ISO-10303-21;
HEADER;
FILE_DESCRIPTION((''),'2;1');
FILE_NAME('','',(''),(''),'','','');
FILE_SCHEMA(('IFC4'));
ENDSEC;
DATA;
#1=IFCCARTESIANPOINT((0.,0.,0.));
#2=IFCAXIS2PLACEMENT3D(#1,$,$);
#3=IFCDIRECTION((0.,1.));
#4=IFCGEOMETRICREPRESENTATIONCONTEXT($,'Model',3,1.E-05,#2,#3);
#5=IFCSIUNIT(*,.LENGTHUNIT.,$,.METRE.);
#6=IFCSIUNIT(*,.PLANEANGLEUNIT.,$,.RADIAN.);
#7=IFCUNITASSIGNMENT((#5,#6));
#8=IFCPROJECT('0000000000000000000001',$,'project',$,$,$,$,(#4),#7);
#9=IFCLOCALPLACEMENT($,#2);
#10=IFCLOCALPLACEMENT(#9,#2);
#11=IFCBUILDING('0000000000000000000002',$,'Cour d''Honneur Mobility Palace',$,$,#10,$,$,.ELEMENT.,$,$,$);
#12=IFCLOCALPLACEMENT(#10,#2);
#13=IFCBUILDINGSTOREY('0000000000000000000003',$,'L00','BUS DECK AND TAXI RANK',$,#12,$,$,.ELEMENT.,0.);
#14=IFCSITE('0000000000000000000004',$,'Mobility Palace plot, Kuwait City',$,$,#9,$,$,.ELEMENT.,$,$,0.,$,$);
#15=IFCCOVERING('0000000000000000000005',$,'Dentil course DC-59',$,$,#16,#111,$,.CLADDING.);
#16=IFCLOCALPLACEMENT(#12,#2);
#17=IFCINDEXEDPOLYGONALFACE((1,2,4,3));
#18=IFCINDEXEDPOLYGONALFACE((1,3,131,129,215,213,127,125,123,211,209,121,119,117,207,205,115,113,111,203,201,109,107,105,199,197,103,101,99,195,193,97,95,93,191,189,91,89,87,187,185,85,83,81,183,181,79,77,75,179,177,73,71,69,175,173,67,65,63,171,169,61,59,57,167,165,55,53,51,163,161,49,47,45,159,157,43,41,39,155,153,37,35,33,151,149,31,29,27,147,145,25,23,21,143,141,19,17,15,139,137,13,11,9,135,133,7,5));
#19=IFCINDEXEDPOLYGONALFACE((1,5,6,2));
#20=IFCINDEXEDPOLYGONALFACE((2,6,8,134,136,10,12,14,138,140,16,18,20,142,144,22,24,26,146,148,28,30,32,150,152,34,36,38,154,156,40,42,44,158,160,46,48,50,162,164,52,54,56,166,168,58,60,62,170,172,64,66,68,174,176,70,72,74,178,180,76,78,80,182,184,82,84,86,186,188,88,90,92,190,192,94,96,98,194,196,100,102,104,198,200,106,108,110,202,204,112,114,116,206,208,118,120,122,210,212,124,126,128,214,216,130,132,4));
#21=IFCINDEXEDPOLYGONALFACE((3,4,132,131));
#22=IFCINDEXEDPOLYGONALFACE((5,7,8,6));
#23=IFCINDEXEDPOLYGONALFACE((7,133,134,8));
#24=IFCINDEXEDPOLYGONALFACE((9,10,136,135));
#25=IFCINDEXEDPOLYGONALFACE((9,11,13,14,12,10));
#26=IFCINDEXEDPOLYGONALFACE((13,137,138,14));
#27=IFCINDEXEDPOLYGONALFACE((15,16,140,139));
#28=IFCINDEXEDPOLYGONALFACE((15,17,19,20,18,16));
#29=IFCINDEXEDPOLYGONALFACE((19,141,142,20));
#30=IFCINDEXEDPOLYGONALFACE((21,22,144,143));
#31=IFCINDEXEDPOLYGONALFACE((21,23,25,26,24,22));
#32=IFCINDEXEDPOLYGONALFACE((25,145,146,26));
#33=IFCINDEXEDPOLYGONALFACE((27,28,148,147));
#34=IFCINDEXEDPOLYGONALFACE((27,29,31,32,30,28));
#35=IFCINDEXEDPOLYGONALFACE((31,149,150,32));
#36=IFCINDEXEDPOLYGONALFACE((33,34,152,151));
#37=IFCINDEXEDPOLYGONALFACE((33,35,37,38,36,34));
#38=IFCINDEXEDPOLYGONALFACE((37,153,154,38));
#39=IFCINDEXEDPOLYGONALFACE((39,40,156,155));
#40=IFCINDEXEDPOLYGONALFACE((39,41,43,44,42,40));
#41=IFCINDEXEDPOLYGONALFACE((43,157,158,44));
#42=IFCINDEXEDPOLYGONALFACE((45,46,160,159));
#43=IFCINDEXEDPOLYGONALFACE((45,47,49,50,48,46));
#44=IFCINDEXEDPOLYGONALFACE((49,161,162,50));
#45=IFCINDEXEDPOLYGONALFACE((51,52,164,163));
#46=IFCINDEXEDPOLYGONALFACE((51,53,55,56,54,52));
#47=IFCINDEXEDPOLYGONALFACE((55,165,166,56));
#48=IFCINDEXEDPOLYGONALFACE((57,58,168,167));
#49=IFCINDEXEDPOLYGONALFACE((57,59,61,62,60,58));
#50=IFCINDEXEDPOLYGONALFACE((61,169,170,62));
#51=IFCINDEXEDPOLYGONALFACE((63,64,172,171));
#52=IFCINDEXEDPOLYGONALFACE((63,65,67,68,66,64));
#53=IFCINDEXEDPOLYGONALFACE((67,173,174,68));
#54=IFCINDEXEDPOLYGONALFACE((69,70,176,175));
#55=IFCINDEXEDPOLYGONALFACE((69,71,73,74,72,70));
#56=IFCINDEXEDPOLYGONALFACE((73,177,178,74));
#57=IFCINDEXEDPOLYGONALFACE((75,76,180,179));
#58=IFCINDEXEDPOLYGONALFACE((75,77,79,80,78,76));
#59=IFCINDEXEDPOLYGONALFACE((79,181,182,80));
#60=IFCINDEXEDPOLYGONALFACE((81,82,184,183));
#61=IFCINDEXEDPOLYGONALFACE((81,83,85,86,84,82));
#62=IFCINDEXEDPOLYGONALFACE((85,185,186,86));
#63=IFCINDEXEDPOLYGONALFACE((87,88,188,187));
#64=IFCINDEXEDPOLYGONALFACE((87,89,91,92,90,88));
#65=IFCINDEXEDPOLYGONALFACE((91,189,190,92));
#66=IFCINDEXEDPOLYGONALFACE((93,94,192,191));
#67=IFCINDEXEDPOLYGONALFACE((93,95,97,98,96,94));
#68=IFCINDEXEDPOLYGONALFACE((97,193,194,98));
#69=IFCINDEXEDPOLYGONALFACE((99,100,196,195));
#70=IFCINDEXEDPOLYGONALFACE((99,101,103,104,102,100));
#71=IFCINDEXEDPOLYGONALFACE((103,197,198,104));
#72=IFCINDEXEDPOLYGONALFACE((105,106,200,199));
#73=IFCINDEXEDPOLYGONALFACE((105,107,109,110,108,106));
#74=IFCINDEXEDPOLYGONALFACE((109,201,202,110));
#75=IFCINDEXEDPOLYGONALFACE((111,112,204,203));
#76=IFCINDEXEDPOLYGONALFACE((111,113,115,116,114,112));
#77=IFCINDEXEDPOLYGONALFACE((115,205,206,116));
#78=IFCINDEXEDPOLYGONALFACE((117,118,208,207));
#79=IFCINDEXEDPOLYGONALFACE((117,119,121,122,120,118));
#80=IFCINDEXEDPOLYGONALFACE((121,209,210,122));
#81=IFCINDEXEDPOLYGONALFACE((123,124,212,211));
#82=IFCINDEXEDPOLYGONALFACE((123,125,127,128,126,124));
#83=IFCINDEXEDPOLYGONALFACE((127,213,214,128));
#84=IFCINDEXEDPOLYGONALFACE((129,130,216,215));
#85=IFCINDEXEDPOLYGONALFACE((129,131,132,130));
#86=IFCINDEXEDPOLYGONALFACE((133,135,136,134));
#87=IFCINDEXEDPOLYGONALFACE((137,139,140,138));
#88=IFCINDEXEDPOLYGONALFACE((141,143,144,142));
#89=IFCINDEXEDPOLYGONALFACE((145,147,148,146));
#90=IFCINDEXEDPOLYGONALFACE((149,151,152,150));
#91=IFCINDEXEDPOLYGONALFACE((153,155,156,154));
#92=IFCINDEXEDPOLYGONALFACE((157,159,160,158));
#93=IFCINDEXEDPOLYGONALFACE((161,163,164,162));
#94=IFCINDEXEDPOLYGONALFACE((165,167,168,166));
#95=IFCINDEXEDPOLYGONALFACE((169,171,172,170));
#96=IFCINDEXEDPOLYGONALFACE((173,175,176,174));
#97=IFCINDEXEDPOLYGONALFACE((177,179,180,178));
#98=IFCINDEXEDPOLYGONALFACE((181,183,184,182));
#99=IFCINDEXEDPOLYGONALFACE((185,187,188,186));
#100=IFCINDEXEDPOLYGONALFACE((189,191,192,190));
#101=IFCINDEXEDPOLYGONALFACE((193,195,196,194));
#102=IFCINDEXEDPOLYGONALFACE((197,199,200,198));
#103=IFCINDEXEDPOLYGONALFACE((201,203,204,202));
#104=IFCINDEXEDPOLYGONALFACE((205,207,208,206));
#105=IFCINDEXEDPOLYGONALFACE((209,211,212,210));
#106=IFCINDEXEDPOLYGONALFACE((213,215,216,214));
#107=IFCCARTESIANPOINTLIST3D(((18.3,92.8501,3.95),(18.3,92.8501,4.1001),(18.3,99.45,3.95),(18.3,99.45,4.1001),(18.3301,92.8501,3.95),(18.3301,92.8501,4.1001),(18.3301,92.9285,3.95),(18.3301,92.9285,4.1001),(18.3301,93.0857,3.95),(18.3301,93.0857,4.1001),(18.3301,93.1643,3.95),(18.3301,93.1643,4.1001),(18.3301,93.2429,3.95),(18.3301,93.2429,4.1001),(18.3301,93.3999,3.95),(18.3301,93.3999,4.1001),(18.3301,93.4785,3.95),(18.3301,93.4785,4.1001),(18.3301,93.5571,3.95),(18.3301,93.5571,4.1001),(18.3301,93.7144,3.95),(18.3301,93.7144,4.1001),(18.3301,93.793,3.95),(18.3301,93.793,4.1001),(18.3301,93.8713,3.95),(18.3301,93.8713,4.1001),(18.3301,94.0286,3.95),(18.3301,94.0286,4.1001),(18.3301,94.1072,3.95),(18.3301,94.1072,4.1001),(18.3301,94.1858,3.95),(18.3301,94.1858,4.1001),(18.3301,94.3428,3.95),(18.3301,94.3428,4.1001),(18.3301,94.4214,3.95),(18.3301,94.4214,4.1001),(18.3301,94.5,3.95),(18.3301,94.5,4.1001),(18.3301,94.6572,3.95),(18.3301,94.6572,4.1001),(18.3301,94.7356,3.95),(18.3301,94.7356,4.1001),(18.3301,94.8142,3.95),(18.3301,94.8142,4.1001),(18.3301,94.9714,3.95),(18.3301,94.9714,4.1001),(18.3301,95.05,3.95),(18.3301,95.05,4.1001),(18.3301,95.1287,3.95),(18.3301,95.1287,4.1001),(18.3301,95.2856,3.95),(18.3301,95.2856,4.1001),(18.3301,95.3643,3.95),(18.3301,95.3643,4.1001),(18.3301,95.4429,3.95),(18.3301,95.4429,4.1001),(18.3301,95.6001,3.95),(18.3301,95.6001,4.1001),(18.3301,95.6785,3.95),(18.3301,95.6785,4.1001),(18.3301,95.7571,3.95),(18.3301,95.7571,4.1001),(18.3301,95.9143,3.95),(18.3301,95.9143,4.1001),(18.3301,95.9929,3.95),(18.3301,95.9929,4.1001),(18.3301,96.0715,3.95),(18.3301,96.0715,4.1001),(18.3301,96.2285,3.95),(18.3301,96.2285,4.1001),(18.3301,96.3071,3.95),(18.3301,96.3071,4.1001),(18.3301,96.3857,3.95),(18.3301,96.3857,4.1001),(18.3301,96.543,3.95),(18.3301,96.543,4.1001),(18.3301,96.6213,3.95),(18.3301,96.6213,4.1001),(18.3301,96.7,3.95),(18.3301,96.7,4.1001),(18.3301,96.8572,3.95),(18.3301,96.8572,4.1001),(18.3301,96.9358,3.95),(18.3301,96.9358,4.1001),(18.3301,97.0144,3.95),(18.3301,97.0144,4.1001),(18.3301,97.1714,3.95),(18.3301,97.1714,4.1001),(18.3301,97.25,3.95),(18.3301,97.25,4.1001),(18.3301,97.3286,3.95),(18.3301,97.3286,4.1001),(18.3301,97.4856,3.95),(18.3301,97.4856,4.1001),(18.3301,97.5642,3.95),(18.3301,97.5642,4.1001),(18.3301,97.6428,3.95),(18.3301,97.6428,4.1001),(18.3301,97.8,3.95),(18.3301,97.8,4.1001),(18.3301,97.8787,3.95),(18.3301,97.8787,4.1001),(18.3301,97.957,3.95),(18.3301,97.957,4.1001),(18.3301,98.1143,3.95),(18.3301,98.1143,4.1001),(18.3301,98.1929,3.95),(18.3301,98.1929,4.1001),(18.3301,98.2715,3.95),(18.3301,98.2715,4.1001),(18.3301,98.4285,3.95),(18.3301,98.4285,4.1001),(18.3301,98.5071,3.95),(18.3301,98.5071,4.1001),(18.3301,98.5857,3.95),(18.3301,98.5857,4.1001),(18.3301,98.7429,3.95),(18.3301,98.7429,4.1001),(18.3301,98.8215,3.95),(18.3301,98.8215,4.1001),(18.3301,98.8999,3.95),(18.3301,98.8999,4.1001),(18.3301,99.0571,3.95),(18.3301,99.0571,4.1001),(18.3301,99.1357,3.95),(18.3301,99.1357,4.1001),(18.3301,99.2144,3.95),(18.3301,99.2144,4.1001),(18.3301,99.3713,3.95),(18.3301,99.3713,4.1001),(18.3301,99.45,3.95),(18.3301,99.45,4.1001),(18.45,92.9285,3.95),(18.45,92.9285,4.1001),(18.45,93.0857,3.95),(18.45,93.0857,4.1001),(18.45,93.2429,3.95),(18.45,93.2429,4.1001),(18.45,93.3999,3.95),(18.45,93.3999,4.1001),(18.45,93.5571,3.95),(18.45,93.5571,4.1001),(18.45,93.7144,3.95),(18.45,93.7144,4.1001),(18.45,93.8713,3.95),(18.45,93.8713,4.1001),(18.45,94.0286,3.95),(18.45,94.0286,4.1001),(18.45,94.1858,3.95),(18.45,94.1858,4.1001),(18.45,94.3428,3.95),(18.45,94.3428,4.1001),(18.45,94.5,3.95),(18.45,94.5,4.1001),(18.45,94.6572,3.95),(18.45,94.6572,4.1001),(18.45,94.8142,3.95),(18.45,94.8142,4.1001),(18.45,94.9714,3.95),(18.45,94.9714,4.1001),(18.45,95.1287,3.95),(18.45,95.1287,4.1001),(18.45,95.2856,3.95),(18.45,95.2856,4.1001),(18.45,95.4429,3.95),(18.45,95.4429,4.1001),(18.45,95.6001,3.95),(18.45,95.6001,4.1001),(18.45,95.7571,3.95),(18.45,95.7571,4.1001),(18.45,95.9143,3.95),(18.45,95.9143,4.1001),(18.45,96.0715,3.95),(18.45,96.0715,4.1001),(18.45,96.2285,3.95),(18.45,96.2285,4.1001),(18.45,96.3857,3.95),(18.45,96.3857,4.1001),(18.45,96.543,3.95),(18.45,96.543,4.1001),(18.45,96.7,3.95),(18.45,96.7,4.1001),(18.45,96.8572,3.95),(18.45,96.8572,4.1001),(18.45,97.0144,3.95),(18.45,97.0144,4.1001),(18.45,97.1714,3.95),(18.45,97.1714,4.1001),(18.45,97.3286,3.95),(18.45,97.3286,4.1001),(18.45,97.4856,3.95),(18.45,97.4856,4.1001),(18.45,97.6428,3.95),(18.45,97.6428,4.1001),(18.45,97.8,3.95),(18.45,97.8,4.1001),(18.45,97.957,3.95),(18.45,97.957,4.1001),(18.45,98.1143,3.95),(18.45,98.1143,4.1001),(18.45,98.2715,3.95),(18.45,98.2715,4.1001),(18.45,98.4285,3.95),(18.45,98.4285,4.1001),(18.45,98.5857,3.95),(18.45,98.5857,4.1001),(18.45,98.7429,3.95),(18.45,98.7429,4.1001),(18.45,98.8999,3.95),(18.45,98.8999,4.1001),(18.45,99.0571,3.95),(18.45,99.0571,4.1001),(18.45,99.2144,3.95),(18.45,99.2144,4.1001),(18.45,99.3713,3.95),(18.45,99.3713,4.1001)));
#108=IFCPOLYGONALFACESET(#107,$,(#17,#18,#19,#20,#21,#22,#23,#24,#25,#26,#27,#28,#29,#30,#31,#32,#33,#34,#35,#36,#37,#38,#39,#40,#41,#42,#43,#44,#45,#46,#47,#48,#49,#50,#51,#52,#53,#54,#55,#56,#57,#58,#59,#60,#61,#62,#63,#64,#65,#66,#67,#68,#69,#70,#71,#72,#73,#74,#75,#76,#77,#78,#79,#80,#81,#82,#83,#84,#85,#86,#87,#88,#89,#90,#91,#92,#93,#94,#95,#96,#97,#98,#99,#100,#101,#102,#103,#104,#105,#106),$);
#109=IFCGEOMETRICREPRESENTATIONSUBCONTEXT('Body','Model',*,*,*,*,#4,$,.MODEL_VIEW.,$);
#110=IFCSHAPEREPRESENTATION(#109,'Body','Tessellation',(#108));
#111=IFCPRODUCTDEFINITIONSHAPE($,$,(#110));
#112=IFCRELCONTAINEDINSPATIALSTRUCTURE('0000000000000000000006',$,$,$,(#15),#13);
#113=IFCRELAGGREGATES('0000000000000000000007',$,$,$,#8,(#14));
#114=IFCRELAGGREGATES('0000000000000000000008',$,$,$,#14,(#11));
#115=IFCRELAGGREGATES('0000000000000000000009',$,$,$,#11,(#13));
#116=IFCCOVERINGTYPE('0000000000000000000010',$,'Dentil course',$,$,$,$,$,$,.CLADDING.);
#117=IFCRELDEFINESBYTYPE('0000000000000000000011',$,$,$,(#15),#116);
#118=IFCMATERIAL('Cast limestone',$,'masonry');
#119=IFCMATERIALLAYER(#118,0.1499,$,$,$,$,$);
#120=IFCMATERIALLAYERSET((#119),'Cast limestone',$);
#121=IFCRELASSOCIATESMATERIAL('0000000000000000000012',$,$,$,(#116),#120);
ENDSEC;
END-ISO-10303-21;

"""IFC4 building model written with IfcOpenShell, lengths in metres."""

from ifc_helpers import new_model, si_unit, direction, frame, origin, place, context, subcontext, project, spatial, polyline, outline, extrude, material, layer, layer_set, type_object, element, save


model = new_model("IFC4")

# Units and contexts
model_context = context("Model", 3, precision=1e-05, world=origin(), true_north=direction((0.0, 1.0)))
body_context = subcontext(model_context, "Body", "Model", "MODEL_VIEW")
ifc_project = project(units=[si_unit("LENGTHUNIT", "METRE"), si_unit("PLANEANGLEUNIT", "RADIAN")], contexts=[model_context])

# Site, building, storey
site_placement = place(None, origin())
site = spatial("IfcSite", under=ifc_project, at=site_placement, Name="Mobility Palace plot, Kuwait City", CompositionType="ELEMENT", RefElevation=0.0)
building_placement = place(site_placement, origin())
building = spatial("IfcBuilding", under=site, at=building_placement, Name="Cour d'Honneur Mobility Palace", CompositionType="ELEMENT")
storey_placement = place(building_placement, origin())
storey = spatial("IfcBuildingStorey", under=building, at=storey_placement, Name="L00", Description="BUS DECK AND TAXI RANK", CompositionType="ELEMENT", Elevation=0.0)

# Covering
ifc_material = material(Name="Cast limestone", Category="masonry")
ifc_layer = layer(ifc_material, 0.1499)
ifc_layer_set = layer_set([ifc_layer], Name="Cast limestone")
covering_type = type_object("IfcCoveringType", Name="Dentil course", PredefinedType="CLADDING", material=ifc_layer_set)
covering_1_placement = place(storey_placement, frame((0.0, 0.0, 3.95)))
element("IfcCovering", 1, at=covering_1_placement, inside=storey, type_object=covering_type, Name="Dentil course DC-59", PredefinedType="CLADDING", context=body_context, shape_type="SweptSolid", body=[
    extrude(outline(polyline([(18.3, 92.8501), (18.3, 99.45), (18.3301, 99.45), (18.3301, 99.45), (18.3301, 99.3713), (18.45, 99.3713), (18.45, 99.2144), (18.3301, 99.2144), (18.3301, 99.1357), (18.3301, 99.1357), (18.3301, 99.0571), (18.45, 99.0571), (18.45, 98.8999), (18.3301, 98.8999), (18.3301, 98.8215), (18.3301, 98.8215), (18.3301, 98.7429), (18.45, 98.7429), (18.45, 98.5857), (18.3301, 98.5857), (18.3301, 98.5071), (18.3301, 98.5071), (18.3301, 98.4285), (18.45, 98.4285), (18.45, 98.2715), (18.3301, 98.2715), (18.3301, 98.1929), (18.3301, 98.1929), (18.3301, 98.1143), (18.45, 98.1143), (18.45, 97.957), (18.3301, 97.957), (18.3301, 97.8787), (18.3301, 97.8787), (18.3301, 97.8), (18.45, 97.8), (18.45, 97.6428), (18.3301, 97.6428), (18.3301, 97.5642), (18.3301, 97.5642), (18.3301, 97.4856), (18.45, 97.4856), (18.45, 97.3286), (18.3301, 97.3286), (18.3301, 97.25), (18.3301, 97.25), (18.3301, 97.1714), (18.45, 97.1714), (18.45, 97.0144), (18.3301, 97.0144), (18.3301, 96.9358), (18.3301, 96.9358), (18.3301, 96.8572), (18.45, 96.8572), (18.45, 96.7), (18.3301, 96.7), (18.3301, 96.6213), (18.3301, 96.6213), (18.3301, 96.543), (18.45, 96.543), (18.45, 96.3857), (18.3301, 96.3857), (18.3301, 96.3071), (18.3301, 96.3071), (18.3301, 96.2285), (18.45, 96.2285), (18.45, 96.0715), (18.3301, 96.0715), (18.3301, 95.9929), (18.3301, 95.9929), (18.3301, 95.9143), (18.45, 95.9143), (18.45, 95.7571), (18.3301, 95.7571), (18.3301, 95.6785), (18.3301, 95.6785), (18.3301, 95.6001), (18.45, 95.6001), (18.45, 95.4429), (18.3301, 95.4429), (18.3301, 95.3643), (18.3301, 95.3643), (18.3301, 95.2856), (18.45, 95.2856), (18.45, 95.1287), (18.3301, 95.1287), (18.3301, 95.05), (18.3301, 95.05), (18.3301, 94.9714), (18.45, 94.9714), (18.45, 94.8142), (18.3301, 94.8142), (18.3301, 94.7356), (18.3301, 94.7356), (18.3301, 94.6572), (18.45, 94.6572), (18.45, 94.5), (18.3301, 94.5), (18.3301, 94.4214), (18.3301, 94.4214), (18.3301, 94.3428), (18.45, 94.3428), (18.45, 94.1858), (18.3301, 94.1858), (18.3301, 94.1072), (18.3301, 94.1072), (18.3301, 94.0286), (18.45, 94.0286), (18.45, 93.8713), (18.3301, 93.8713), (18.3301, 93.793), (18.3301, 93.793), (18.3301, 93.7144), (18.45, 93.7144), (18.45, 93.5571), (18.3301, 93.5571), (18.3301, 93.4785), (18.3301, 93.4785), (18.3301, 93.3999), (18.45, 93.3999), (18.45, 93.2429), (18.3301, 93.2429), (18.3301, 93.1643), (18.3301, 93.1643), (18.3301, 93.0857), (18.45, 93.0857), (18.45, 92.9285), (18.3301, 92.9285), (18.3301, 92.8501), (18.3, 92.8501)])), origin(), (0.0, 0.0, 1.0), 0.1501),
])

save(model, "model.ifc")
